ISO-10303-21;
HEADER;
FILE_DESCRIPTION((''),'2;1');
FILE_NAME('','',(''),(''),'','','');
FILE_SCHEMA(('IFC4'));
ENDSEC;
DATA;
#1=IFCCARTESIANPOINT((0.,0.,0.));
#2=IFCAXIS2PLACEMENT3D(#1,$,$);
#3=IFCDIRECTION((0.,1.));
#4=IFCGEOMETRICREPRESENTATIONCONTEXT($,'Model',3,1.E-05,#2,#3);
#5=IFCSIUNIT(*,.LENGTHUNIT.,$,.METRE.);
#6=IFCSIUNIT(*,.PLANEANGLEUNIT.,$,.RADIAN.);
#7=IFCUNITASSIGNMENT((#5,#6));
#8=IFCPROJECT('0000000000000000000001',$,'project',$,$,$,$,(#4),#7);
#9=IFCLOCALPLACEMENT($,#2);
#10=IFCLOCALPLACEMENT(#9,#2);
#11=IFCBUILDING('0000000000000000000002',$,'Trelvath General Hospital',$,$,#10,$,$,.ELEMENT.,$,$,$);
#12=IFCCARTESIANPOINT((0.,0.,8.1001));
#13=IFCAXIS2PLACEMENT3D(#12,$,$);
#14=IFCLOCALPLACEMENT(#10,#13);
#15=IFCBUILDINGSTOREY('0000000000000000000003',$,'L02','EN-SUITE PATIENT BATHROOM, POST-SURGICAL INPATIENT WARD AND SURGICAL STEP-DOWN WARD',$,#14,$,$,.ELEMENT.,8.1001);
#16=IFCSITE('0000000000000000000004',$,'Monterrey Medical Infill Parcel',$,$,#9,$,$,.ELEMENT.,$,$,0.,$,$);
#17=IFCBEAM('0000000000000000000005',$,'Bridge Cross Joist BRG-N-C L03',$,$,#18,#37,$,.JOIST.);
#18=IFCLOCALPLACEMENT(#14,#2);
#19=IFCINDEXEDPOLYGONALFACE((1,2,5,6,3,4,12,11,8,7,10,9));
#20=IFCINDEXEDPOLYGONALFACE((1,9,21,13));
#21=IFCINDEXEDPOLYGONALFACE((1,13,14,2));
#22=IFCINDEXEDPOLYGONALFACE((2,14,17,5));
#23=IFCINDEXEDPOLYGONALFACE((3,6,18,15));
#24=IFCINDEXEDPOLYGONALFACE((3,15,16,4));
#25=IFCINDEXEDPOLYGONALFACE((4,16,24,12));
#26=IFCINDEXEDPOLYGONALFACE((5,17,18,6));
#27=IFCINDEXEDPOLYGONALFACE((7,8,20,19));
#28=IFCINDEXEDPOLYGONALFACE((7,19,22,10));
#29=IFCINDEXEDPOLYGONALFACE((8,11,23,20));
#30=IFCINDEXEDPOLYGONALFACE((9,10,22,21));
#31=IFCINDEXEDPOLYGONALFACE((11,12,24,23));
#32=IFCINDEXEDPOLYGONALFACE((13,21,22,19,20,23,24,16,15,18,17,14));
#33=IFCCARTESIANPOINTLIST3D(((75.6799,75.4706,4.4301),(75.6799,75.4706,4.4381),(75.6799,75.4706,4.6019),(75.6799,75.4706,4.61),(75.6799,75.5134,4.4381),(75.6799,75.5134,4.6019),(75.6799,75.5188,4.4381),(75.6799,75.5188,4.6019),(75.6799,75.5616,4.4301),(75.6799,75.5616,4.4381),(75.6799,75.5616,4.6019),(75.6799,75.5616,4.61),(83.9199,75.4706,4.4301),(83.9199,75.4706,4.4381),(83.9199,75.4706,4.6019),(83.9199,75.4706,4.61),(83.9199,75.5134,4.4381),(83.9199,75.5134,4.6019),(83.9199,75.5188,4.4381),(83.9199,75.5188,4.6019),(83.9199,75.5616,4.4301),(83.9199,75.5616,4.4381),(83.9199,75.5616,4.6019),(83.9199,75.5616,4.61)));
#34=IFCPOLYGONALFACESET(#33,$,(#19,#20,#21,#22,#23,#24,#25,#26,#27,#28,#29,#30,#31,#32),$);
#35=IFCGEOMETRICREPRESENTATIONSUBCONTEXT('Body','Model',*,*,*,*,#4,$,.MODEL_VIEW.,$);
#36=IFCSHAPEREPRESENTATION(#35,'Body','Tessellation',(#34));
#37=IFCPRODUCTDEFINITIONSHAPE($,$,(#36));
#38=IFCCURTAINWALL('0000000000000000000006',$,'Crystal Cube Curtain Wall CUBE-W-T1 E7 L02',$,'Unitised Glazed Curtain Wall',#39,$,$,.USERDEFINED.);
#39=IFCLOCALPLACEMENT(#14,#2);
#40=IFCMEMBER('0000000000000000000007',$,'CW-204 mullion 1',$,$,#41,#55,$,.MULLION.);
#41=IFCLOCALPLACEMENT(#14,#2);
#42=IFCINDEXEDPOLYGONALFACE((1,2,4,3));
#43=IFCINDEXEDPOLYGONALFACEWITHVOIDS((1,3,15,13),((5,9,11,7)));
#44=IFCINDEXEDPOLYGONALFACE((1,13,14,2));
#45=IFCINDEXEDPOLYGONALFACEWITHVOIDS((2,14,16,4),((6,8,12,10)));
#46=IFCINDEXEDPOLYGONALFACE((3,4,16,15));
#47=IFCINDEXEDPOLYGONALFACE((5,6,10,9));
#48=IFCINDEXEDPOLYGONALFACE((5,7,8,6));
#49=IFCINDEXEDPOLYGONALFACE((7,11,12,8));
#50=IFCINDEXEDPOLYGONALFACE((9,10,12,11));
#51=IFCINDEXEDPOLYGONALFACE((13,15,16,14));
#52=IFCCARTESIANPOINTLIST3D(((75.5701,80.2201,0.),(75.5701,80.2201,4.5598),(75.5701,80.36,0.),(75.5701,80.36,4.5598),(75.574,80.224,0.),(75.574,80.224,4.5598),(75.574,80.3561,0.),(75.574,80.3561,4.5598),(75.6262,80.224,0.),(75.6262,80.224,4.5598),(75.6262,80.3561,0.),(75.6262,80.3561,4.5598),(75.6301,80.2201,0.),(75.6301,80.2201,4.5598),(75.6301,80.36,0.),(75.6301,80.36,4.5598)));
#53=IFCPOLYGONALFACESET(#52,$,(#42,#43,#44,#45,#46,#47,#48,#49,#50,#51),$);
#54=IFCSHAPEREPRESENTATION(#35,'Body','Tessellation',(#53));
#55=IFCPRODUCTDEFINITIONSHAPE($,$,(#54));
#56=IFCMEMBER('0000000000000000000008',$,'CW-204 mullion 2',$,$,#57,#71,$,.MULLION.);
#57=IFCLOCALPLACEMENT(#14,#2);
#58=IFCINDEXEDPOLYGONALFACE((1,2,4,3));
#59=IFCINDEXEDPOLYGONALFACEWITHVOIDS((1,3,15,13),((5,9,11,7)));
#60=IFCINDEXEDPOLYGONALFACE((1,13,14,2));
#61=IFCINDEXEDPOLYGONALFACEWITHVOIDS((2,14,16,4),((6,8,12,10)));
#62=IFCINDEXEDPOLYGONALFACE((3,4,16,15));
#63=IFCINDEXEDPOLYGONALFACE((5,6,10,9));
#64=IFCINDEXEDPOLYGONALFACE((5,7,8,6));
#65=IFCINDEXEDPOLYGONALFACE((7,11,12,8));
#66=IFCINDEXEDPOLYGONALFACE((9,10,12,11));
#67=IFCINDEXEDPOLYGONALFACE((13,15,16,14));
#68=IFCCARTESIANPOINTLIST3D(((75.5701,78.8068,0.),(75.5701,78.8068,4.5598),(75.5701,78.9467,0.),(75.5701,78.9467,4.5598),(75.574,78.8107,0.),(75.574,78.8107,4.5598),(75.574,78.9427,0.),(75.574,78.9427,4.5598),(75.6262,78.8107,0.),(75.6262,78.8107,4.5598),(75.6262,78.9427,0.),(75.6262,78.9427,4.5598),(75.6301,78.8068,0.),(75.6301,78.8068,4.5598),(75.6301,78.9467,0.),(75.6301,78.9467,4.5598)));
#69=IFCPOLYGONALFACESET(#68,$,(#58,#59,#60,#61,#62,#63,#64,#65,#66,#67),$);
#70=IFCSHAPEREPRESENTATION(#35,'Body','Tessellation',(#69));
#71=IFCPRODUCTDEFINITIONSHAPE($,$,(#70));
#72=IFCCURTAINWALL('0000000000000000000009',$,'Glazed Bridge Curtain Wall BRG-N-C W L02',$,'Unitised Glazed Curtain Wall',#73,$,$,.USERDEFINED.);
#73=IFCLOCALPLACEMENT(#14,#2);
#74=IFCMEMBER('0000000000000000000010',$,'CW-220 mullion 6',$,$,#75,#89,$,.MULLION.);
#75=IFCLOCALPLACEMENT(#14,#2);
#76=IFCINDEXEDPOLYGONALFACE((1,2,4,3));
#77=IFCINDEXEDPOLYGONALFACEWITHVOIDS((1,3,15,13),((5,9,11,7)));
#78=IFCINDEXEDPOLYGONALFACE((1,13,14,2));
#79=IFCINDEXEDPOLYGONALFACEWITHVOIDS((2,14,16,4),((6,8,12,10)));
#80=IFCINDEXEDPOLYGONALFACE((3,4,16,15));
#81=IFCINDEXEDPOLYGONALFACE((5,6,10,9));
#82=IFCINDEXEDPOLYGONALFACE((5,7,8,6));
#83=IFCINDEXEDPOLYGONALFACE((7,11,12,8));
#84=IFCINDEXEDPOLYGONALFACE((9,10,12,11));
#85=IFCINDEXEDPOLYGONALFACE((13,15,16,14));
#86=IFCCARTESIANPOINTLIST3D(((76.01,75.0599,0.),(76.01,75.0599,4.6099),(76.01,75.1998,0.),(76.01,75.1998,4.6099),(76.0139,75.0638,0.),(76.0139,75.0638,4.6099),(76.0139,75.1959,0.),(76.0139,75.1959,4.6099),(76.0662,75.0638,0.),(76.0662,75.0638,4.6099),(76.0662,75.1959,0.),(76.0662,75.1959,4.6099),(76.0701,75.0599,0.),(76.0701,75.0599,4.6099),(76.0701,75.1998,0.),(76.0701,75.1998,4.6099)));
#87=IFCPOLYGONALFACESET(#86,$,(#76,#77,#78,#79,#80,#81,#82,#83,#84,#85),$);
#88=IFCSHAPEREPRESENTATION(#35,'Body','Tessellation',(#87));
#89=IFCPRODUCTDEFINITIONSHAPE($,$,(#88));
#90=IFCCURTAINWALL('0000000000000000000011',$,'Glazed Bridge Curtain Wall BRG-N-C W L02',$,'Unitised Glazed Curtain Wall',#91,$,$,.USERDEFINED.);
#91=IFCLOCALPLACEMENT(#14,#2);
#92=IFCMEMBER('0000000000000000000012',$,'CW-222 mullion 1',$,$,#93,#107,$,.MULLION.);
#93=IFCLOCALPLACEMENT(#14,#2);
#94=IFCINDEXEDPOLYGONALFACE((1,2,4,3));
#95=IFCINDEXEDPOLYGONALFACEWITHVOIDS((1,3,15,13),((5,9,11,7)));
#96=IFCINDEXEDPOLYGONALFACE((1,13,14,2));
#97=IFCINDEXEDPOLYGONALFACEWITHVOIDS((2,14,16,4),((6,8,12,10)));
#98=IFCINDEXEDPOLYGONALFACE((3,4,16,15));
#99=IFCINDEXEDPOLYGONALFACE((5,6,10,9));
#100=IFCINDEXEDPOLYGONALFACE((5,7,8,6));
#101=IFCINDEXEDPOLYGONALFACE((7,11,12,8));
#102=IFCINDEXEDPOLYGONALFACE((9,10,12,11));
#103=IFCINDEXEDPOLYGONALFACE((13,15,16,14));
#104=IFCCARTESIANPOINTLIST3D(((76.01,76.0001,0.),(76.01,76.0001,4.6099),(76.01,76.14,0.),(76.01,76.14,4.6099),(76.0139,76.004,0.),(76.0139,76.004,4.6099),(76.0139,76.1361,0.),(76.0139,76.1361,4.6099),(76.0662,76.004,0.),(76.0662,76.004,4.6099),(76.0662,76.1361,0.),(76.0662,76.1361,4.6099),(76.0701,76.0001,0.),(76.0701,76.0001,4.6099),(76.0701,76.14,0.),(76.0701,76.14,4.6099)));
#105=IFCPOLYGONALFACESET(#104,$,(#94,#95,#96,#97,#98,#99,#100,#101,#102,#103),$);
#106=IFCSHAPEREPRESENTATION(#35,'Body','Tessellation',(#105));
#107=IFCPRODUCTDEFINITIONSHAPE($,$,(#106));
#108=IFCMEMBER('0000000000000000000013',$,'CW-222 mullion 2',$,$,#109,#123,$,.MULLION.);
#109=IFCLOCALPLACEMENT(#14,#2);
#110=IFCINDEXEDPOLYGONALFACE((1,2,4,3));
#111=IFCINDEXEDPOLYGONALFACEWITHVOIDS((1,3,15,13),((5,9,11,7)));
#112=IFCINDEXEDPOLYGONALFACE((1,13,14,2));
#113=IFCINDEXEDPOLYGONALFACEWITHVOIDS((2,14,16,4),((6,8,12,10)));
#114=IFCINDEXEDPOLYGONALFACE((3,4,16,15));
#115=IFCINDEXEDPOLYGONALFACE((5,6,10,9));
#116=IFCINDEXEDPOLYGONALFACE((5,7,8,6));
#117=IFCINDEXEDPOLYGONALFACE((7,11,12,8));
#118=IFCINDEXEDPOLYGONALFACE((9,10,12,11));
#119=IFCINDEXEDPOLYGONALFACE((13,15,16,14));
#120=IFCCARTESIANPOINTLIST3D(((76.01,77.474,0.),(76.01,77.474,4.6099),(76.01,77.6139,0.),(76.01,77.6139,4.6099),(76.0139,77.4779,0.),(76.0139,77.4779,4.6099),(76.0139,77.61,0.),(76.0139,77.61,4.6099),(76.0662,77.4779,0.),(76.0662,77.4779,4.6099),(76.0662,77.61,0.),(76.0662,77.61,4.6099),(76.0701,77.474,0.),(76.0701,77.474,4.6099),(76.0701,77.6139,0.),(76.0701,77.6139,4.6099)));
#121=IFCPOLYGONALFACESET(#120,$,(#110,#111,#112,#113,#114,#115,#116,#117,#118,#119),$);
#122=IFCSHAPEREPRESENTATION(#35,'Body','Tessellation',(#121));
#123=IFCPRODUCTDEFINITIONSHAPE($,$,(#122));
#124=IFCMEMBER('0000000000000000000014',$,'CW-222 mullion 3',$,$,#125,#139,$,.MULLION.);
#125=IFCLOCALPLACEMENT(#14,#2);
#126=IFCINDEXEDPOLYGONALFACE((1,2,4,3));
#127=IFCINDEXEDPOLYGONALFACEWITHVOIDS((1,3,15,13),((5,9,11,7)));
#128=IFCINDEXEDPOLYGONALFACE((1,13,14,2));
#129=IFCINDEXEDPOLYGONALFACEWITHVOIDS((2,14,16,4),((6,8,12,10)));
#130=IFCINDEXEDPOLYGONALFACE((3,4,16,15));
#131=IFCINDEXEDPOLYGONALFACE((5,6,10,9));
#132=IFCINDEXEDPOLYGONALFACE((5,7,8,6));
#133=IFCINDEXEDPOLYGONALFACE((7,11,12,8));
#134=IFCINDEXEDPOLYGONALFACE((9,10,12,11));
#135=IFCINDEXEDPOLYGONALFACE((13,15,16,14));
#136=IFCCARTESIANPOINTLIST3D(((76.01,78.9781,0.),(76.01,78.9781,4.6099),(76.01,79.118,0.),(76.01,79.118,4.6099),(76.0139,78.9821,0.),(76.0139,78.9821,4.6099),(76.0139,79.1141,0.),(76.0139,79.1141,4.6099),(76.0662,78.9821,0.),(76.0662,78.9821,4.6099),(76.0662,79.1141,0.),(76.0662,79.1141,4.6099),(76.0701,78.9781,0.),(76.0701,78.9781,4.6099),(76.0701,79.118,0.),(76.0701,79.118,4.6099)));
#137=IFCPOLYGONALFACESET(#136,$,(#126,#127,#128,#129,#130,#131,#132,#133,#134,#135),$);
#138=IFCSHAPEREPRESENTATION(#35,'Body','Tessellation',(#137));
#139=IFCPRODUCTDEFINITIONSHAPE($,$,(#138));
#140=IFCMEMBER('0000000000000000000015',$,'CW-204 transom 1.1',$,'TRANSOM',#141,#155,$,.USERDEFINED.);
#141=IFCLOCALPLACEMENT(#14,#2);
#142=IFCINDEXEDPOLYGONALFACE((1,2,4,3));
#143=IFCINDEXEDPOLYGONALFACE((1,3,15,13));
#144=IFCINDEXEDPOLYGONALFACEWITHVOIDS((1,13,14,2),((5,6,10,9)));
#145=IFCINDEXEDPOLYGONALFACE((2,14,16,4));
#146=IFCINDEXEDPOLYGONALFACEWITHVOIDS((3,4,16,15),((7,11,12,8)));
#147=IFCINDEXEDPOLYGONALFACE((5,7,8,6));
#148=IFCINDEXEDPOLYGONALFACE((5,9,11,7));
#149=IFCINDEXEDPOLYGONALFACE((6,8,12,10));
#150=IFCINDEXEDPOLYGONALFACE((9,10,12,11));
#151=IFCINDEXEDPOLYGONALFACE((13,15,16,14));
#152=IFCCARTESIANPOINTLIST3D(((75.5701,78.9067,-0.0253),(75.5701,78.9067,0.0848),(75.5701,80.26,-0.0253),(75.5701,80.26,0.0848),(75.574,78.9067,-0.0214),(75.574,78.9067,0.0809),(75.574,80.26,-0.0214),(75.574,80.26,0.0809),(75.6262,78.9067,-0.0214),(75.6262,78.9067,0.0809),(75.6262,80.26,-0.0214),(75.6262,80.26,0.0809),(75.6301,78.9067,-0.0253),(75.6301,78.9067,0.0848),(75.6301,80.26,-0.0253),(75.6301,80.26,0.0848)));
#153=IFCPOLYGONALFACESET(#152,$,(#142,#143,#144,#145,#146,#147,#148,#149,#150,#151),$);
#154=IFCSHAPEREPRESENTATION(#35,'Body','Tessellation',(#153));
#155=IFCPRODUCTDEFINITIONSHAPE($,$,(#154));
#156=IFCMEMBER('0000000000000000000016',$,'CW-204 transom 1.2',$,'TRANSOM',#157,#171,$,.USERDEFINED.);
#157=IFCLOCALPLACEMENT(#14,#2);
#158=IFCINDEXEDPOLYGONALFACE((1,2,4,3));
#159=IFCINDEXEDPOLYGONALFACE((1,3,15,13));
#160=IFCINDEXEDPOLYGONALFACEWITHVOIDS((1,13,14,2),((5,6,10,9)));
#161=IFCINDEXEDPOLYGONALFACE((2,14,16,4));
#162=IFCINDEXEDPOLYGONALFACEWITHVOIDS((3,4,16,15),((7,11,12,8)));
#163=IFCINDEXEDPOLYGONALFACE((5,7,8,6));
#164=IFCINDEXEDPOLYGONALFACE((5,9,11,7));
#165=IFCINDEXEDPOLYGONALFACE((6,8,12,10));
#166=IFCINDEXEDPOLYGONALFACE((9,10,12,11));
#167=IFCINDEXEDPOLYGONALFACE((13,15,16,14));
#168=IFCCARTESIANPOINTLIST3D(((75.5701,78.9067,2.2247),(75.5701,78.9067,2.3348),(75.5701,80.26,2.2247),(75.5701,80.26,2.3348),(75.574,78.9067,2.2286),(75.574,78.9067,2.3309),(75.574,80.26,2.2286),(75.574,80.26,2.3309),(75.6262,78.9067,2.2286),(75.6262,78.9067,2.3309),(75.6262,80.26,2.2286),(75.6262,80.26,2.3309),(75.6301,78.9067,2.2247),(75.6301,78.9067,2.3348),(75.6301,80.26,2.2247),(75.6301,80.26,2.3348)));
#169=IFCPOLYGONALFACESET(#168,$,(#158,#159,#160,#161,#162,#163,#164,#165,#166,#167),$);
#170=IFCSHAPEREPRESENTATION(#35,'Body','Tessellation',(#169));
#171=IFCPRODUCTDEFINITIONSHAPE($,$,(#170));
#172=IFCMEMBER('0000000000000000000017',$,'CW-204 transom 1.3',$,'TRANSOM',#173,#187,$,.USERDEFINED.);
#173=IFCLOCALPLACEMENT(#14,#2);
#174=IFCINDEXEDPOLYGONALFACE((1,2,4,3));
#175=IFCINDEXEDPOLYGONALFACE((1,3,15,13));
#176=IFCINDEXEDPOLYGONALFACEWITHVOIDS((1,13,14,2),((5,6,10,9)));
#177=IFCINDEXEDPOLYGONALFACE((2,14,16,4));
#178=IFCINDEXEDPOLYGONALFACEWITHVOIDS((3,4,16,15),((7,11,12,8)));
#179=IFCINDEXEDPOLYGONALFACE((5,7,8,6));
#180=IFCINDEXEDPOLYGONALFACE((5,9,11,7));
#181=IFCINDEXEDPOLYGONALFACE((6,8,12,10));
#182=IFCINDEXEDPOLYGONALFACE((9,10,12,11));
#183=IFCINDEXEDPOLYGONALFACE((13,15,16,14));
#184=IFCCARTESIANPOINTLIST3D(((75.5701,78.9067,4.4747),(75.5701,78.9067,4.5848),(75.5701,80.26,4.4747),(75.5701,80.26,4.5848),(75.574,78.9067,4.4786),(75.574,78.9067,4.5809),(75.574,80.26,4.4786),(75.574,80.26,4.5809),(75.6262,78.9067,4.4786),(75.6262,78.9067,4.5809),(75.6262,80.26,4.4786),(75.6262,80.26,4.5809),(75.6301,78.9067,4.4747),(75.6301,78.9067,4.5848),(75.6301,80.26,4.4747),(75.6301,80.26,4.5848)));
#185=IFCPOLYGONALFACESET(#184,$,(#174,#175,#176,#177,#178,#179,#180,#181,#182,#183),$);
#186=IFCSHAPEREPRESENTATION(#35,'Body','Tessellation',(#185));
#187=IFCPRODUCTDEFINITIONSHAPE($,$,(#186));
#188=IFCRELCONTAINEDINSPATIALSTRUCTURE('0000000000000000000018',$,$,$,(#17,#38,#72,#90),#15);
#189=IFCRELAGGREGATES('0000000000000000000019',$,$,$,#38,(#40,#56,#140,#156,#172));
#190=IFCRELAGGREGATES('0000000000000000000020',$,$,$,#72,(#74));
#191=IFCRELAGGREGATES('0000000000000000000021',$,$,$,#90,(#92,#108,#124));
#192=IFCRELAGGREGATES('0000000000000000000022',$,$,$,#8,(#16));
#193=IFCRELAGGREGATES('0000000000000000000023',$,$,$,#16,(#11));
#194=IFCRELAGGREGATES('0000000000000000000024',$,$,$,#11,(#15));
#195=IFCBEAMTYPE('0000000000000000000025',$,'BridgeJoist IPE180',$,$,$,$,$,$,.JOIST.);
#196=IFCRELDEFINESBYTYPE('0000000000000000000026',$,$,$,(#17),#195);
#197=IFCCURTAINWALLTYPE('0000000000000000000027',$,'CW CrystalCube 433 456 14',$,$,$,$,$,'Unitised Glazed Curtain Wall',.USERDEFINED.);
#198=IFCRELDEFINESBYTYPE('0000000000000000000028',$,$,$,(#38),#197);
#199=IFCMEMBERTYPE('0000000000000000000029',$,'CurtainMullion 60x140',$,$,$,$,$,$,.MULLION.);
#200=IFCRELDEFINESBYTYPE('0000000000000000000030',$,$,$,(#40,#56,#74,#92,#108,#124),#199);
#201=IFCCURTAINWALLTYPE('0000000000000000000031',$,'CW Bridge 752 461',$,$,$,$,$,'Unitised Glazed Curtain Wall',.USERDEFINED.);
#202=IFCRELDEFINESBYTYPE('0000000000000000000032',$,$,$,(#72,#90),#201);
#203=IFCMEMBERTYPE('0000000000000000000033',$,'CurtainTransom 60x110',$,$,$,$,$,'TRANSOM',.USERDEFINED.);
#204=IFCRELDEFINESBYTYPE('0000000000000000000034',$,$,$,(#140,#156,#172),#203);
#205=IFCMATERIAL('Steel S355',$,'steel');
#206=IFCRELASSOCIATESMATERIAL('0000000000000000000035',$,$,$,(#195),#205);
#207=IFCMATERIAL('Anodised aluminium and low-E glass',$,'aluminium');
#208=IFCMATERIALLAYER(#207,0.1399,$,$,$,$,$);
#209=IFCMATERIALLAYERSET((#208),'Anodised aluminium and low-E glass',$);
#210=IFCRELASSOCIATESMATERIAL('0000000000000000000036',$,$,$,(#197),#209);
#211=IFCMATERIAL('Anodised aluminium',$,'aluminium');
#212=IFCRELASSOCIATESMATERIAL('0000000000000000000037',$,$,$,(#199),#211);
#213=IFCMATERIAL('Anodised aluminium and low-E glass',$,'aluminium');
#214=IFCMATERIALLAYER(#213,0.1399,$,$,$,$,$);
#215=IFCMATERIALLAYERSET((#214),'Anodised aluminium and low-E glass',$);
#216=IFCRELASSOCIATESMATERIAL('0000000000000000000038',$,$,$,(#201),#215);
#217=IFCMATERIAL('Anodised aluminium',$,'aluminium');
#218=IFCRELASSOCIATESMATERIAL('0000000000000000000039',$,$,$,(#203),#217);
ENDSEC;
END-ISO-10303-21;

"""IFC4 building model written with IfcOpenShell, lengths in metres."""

from ifc_helpers import new_model, si_unit, direction, frame, origin, origin_2d, place, context, subcontext, project, spatial, hollow_rectangle, i_section, extrude, material, layer, layer_set, material_profile, profile_set, type_object, element, aggregate, save


model = new_model("IFC4")

# Units and contexts
model_context = context("Model", 3, precision=1e-05, world=origin(), true_north=direction((0.0, 1.0)))
body_context = subcontext(model_context, "Body", "Model", "MODEL_VIEW")
ifc_project = project(units=[si_unit("LENGTHUNIT", "METRE"), si_unit("PLANEANGLEUNIT", "RADIAN")], contexts=[model_context])

# Site, building, storey
site_placement = place(None, origin())
site = spatial("IfcSite", under=ifc_project, at=site_placement, Name="Monterrey Medical Infill Parcel", CompositionType="ELEMENT", RefElevation=0.0)
building_placement = place(site_placement, origin())
building = spatial("IfcBuilding", under=site, at=building_placement, Name="Trelvath General Hospital", CompositionType="ELEMENT")
storey_placement = place(building_placement, frame((0.0, 0.0, 8.1001)))
storey = spatial("IfcBuildingStorey", under=building, at=storey_placement, Name="L02", Description="EN-SUITE PATIENT BATHROOM, POST-SURGICAL INPATIENT WARD AND SURGICAL STEP-DOWN WARD", CompositionType="ELEMENT", Elevation=8.1001)

# Beam
ifc_material_1 = material(Name="Steel S355", Category="steel")
ifc_material_profile_1 = material_profile(ifc_material_1, i_section(OverallWidth=0.0911, OverallDepth=0.1799, WebThickness=0.0054, FlangeThickness=0.0081, at=origin_2d()), Name="IPE180")
ifc_profile_set_1 = profile_set([ifc_material_profile_1], Name="Steel S355")
beam_type = type_object("IfcBeamType", Name="BridgeJoist IPE180", PredefinedType="JOIST", material=ifc_profile_set_1)
beam_placement = place(storey_placement, frame((75.6799, 75.5161, 4.52), z_axis=(1.0, 0.0, 0.0), x_axis=(0.0, 1.0, 0.0)))
element("IfcBeam", 1, at=beam_placement, inside=storey, type_object=beam_type, Name="Bridge Cross Joist BRG-N-C L03", PredefinedType="JOIST", context=body_context, shape_type="SweptSolid", body=[
    extrude(i_section(OverallWidth=0.0911, OverallDepth=0.1799, WebThickness=0.0054, FlangeThickness=0.0081, at=origin_2d()), origin(), (0.0, 0.0, 1.0), 8.24),
])

# Curtain wall, members
ifc_material_2 = material(Name="Anodised aluminium and low-E glass", Category="aluminium")
ifc_layer_1 = layer(ifc_material_2, 0.1399)
ifc_layer_set_1 = layer_set([ifc_layer_1], Name="Anodised aluminium and low-E glass")
curtain_wall_type_1 = type_object("IfcCurtainWallType", Name="CW CrystalCube 433 456 14", ElementType="Unitised Glazed Curtain Wall", PredefinedType="USERDEFINED", material=ifc_layer_set_1)
curtain_wall_1_placement = place(storey_placement, origin())
curtain_wall_1 = element("IfcCurtainWall", 2, at=curtain_wall_1_placement, inside=storey, type_object=curtain_wall_type_1, Name="Crystal Cube Curtain Wall CUBE-W-T1 E7 L02", ObjectType="Unitised Glazed Curtain Wall", PredefinedType="USERDEFINED")
ifc_material_3 = material(Name="Anodised aluminium", Category="aluminium")
ifc_material_profile_2 = material_profile(ifc_material_3, hollow_rectangle(XDim=0.0601, YDim=0.1399, WallThickness=0.0039, at=origin_2d()), Name="RHS60x140x4")
ifc_profile_set_2 = profile_set([ifc_material_profile_2], Name="Anodised aluminium")
member_type_1 = type_object("IfcMemberType", Name="CurtainMullion 60x140", PredefinedType="MULLION", material=ifc_profile_set_2)
member_1_placement = place(storey_placement, frame((75.6001, 80.29, 0.0), z_axis=(0.0, 0.0, 1.0), x_axis=(1.0, 0.0, 0.0)))
member_1 = element("IfcMember", 3, at=member_1_placement, type_object=member_type_1, Name="CW-204 mullion 1", PredefinedType="MULLION", context=body_context, shape_type="SweptSolid", body=[
    extrude(hollow_rectangle(XDim=0.0601, YDim=0.1399, WallThickness=0.0039, at=origin_2d()), origin(), (0.0, 0.0, 1.0), 4.5598),
])
member_2_placement = place(storey_placement, frame((75.6001, 78.8767, 0.0), z_axis=(0.0, 0.0, 1.0), x_axis=(1.0, 0.0, 0.0)))
member_2 = element("IfcMember", 4, at=member_2_placement, type_object=member_type_1, Name="CW-204 mullion 2", PredefinedType="MULLION", context=body_context, shape_type="SweptSolid", body=[
    extrude(hollow_rectangle(XDim=0.0601, YDim=0.1399, WallThickness=0.0039, at=origin_2d()), origin(), (0.0, 0.0, 1.0), 4.5598),
])

# Curtain wall, member
ifc_material_4 = material(Name="Anodised aluminium and low-E glass", Category="aluminium")
ifc_layer_2 = layer(ifc_material_4, 0.1399)
ifc_layer_set_2 = layer_set([ifc_layer_2], Name="Anodised aluminium and low-E glass")
curtain_wall_type_2 = type_object("IfcCurtainWallType", Name="CW Bridge 752 461", ElementType="Unitised Glazed Curtain Wall", PredefinedType="USERDEFINED", material=ifc_layer_set_2)
curtain_wall_2_placement = place(storey_placement, origin())
curtain_wall_2 = element("IfcCurtainWall", 5, at=curtain_wall_2_placement, inside=storey, type_object=curtain_wall_type_2, Name="Glazed Bridge Curtain Wall BRG-N-C W L02", ObjectType="Unitised Glazed Curtain Wall", PredefinedType="USERDEFINED")
member_3_placement = place(storey_placement, frame((76.04, 75.1299, 0.0), z_axis=(0.0, 0.0, 1.0), x_axis=(-1.0, 0.0, 0.0)))
member_3 = element("IfcMember", 6, at=member_3_placement, type_object=member_type_1, Name="CW-220 mullion 6", PredefinedType="MULLION", context=body_context, shape_type="SweptSolid", body=[
    extrude(hollow_rectangle(XDim=0.0601, YDim=0.1399, WallThickness=0.0039, at=origin_2d()), origin(), (0.0, 0.0, 1.0), 4.6099),
])

# Curtain wall, members
curtain_wall_3_placement = place(storey_placement, origin())
curtain_wall_3 = element("IfcCurtainWall", 7, at=curtain_wall_3_placement, inside=storey, type_object=curtain_wall_type_2, Name="Glazed Bridge Curtain Wall BRG-N-C W L02", ObjectType="Unitised Glazed Curtain Wall", PredefinedType="USERDEFINED")
member_4_placement = place(storey_placement, frame((76.04, 76.0701, 0.0), z_axis=(0.0, 0.0, 1.0), x_axis=(-1.0, 0.0, 0.0)))
member_4 = element("IfcMember", 8, at=member_4_placement, type_object=member_type_1, Name="CW-222 mullion 1", PredefinedType="MULLION", context=body_context, shape_type="SweptSolid", body=[
    extrude(hollow_rectangle(XDim=0.0601, YDim=0.1399, WallThickness=0.0039, at=origin_2d()), origin(), (0.0, 0.0, 1.0), 4.6099),
])
member_5_placement = place(storey_placement, frame((76.04, 77.5439, 0.0), z_axis=(0.0, 0.0, 1.0), x_axis=(-1.0, 0.0, 0.0)))
member_5 = element("IfcMember", 9, at=member_5_placement, type_object=member_type_1, Name="CW-222 mullion 2", PredefinedType="MULLION", context=body_context, shape_type="SweptSolid", body=[
    extrude(hollow_rectangle(XDim=0.0601, YDim=0.1399, WallThickness=0.0039, at=origin_2d()), origin(), (0.0, 0.0, 1.0), 4.6099),
])
member_6_placement = place(storey_placement, frame((76.04, 79.0481, 0.0), z_axis=(0.0, 0.0, 1.0), x_axis=(-1.0, 0.0, 0.0)))
member_6 = element("IfcMember", 10, at=member_6_placement, type_object=member_type_1, Name="CW-222 mullion 3", PredefinedType="MULLION", context=body_context, shape_type="SweptSolid", body=[
    extrude(hollow_rectangle(XDim=0.0601, YDim=0.1399, WallThickness=0.0039, at=origin_2d()), origin(), (0.0, 0.0, 1.0), 4.6099),
])

# Members
ifc_material_5 = material(Name="Anodised aluminium", Category="aluminium")
ifc_material_profile_3 = material_profile(ifc_material_5, hollow_rectangle(XDim=0.0601, YDim=0.1101, WallThickness=0.0039, at=origin_2d()), Name="RHS60x110x4")
ifc_profile_set_3 = profile_set([ifc_material_profile_3], Name="Anodised aluminium")
member_type_2 = type_object("IfcMemberType", Name="CurtainTransom 60x110", ElementType="TRANSOM", PredefinedType="USERDEFINED", material=ifc_profile_set_3)
member_7_placement = place(storey_placement, frame((75.6001, 80.26, 0.0298), z_axis=(0.0, -1.0, 0.0), x_axis=(1.0, 0.0, 0.0)))
member_7 = element("IfcMember", 11, at=member_7_placement, type_object=member_type_2, Name="CW-204 transom 1.1", ObjectType="TRANSOM", PredefinedType="USERDEFINED", context=body_context, shape_type="SweptSolid", body=[
    extrude(hollow_rectangle(XDim=0.0601, YDim=0.1101, WallThickness=0.0039, at=origin_2d()), origin(), (0.0, 0.0, 1.0), 1.3533),
])
member_8_placement = place(storey_placement, frame((75.6001, 80.26, 2.2798), z_axis=(0.0, -1.0, 0.0), x_axis=(1.0, 0.0, 0.0)))
member_8 = element("IfcMember", 12, at=member_8_placement, type_object=member_type_2, Name="CW-204 transom 1.2", ObjectType="TRANSOM", PredefinedType="USERDEFINED", context=body_context, shape_type="SweptSolid", body=[
    extrude(hollow_rectangle(XDim=0.0601, YDim=0.1101, WallThickness=0.0039, at=origin_2d()), origin(), (0.0, 0.0, 1.0), 1.3533),
])
member_9_placement = place(storey_placement, frame((75.6001, 80.26, 4.5298), z_axis=(0.0, -1.0, 0.0), x_axis=(1.0, 0.0, 0.0)))
member_9 = element("IfcMember", 13, at=member_9_placement, type_object=member_type_2, Name="CW-204 transom 1.3", ObjectType="TRANSOM", PredefinedType="USERDEFINED", context=body_context, shape_type="SweptSolid", body=[
    extrude(hollow_rectangle(XDim=0.0601, YDim=0.1101, WallThickness=0.0039, at=origin_2d()), origin(), (0.0, 0.0, 1.0), 1.3533),
])

aggregate(curtain_wall_1, [member_1, member_2, member_7, member_8, member_9])
aggregate(curtain_wall_2, [member_3])
aggregate(curtain_wall_3, [member_4, member_5, member_6])

save(model, "model.ifc")
